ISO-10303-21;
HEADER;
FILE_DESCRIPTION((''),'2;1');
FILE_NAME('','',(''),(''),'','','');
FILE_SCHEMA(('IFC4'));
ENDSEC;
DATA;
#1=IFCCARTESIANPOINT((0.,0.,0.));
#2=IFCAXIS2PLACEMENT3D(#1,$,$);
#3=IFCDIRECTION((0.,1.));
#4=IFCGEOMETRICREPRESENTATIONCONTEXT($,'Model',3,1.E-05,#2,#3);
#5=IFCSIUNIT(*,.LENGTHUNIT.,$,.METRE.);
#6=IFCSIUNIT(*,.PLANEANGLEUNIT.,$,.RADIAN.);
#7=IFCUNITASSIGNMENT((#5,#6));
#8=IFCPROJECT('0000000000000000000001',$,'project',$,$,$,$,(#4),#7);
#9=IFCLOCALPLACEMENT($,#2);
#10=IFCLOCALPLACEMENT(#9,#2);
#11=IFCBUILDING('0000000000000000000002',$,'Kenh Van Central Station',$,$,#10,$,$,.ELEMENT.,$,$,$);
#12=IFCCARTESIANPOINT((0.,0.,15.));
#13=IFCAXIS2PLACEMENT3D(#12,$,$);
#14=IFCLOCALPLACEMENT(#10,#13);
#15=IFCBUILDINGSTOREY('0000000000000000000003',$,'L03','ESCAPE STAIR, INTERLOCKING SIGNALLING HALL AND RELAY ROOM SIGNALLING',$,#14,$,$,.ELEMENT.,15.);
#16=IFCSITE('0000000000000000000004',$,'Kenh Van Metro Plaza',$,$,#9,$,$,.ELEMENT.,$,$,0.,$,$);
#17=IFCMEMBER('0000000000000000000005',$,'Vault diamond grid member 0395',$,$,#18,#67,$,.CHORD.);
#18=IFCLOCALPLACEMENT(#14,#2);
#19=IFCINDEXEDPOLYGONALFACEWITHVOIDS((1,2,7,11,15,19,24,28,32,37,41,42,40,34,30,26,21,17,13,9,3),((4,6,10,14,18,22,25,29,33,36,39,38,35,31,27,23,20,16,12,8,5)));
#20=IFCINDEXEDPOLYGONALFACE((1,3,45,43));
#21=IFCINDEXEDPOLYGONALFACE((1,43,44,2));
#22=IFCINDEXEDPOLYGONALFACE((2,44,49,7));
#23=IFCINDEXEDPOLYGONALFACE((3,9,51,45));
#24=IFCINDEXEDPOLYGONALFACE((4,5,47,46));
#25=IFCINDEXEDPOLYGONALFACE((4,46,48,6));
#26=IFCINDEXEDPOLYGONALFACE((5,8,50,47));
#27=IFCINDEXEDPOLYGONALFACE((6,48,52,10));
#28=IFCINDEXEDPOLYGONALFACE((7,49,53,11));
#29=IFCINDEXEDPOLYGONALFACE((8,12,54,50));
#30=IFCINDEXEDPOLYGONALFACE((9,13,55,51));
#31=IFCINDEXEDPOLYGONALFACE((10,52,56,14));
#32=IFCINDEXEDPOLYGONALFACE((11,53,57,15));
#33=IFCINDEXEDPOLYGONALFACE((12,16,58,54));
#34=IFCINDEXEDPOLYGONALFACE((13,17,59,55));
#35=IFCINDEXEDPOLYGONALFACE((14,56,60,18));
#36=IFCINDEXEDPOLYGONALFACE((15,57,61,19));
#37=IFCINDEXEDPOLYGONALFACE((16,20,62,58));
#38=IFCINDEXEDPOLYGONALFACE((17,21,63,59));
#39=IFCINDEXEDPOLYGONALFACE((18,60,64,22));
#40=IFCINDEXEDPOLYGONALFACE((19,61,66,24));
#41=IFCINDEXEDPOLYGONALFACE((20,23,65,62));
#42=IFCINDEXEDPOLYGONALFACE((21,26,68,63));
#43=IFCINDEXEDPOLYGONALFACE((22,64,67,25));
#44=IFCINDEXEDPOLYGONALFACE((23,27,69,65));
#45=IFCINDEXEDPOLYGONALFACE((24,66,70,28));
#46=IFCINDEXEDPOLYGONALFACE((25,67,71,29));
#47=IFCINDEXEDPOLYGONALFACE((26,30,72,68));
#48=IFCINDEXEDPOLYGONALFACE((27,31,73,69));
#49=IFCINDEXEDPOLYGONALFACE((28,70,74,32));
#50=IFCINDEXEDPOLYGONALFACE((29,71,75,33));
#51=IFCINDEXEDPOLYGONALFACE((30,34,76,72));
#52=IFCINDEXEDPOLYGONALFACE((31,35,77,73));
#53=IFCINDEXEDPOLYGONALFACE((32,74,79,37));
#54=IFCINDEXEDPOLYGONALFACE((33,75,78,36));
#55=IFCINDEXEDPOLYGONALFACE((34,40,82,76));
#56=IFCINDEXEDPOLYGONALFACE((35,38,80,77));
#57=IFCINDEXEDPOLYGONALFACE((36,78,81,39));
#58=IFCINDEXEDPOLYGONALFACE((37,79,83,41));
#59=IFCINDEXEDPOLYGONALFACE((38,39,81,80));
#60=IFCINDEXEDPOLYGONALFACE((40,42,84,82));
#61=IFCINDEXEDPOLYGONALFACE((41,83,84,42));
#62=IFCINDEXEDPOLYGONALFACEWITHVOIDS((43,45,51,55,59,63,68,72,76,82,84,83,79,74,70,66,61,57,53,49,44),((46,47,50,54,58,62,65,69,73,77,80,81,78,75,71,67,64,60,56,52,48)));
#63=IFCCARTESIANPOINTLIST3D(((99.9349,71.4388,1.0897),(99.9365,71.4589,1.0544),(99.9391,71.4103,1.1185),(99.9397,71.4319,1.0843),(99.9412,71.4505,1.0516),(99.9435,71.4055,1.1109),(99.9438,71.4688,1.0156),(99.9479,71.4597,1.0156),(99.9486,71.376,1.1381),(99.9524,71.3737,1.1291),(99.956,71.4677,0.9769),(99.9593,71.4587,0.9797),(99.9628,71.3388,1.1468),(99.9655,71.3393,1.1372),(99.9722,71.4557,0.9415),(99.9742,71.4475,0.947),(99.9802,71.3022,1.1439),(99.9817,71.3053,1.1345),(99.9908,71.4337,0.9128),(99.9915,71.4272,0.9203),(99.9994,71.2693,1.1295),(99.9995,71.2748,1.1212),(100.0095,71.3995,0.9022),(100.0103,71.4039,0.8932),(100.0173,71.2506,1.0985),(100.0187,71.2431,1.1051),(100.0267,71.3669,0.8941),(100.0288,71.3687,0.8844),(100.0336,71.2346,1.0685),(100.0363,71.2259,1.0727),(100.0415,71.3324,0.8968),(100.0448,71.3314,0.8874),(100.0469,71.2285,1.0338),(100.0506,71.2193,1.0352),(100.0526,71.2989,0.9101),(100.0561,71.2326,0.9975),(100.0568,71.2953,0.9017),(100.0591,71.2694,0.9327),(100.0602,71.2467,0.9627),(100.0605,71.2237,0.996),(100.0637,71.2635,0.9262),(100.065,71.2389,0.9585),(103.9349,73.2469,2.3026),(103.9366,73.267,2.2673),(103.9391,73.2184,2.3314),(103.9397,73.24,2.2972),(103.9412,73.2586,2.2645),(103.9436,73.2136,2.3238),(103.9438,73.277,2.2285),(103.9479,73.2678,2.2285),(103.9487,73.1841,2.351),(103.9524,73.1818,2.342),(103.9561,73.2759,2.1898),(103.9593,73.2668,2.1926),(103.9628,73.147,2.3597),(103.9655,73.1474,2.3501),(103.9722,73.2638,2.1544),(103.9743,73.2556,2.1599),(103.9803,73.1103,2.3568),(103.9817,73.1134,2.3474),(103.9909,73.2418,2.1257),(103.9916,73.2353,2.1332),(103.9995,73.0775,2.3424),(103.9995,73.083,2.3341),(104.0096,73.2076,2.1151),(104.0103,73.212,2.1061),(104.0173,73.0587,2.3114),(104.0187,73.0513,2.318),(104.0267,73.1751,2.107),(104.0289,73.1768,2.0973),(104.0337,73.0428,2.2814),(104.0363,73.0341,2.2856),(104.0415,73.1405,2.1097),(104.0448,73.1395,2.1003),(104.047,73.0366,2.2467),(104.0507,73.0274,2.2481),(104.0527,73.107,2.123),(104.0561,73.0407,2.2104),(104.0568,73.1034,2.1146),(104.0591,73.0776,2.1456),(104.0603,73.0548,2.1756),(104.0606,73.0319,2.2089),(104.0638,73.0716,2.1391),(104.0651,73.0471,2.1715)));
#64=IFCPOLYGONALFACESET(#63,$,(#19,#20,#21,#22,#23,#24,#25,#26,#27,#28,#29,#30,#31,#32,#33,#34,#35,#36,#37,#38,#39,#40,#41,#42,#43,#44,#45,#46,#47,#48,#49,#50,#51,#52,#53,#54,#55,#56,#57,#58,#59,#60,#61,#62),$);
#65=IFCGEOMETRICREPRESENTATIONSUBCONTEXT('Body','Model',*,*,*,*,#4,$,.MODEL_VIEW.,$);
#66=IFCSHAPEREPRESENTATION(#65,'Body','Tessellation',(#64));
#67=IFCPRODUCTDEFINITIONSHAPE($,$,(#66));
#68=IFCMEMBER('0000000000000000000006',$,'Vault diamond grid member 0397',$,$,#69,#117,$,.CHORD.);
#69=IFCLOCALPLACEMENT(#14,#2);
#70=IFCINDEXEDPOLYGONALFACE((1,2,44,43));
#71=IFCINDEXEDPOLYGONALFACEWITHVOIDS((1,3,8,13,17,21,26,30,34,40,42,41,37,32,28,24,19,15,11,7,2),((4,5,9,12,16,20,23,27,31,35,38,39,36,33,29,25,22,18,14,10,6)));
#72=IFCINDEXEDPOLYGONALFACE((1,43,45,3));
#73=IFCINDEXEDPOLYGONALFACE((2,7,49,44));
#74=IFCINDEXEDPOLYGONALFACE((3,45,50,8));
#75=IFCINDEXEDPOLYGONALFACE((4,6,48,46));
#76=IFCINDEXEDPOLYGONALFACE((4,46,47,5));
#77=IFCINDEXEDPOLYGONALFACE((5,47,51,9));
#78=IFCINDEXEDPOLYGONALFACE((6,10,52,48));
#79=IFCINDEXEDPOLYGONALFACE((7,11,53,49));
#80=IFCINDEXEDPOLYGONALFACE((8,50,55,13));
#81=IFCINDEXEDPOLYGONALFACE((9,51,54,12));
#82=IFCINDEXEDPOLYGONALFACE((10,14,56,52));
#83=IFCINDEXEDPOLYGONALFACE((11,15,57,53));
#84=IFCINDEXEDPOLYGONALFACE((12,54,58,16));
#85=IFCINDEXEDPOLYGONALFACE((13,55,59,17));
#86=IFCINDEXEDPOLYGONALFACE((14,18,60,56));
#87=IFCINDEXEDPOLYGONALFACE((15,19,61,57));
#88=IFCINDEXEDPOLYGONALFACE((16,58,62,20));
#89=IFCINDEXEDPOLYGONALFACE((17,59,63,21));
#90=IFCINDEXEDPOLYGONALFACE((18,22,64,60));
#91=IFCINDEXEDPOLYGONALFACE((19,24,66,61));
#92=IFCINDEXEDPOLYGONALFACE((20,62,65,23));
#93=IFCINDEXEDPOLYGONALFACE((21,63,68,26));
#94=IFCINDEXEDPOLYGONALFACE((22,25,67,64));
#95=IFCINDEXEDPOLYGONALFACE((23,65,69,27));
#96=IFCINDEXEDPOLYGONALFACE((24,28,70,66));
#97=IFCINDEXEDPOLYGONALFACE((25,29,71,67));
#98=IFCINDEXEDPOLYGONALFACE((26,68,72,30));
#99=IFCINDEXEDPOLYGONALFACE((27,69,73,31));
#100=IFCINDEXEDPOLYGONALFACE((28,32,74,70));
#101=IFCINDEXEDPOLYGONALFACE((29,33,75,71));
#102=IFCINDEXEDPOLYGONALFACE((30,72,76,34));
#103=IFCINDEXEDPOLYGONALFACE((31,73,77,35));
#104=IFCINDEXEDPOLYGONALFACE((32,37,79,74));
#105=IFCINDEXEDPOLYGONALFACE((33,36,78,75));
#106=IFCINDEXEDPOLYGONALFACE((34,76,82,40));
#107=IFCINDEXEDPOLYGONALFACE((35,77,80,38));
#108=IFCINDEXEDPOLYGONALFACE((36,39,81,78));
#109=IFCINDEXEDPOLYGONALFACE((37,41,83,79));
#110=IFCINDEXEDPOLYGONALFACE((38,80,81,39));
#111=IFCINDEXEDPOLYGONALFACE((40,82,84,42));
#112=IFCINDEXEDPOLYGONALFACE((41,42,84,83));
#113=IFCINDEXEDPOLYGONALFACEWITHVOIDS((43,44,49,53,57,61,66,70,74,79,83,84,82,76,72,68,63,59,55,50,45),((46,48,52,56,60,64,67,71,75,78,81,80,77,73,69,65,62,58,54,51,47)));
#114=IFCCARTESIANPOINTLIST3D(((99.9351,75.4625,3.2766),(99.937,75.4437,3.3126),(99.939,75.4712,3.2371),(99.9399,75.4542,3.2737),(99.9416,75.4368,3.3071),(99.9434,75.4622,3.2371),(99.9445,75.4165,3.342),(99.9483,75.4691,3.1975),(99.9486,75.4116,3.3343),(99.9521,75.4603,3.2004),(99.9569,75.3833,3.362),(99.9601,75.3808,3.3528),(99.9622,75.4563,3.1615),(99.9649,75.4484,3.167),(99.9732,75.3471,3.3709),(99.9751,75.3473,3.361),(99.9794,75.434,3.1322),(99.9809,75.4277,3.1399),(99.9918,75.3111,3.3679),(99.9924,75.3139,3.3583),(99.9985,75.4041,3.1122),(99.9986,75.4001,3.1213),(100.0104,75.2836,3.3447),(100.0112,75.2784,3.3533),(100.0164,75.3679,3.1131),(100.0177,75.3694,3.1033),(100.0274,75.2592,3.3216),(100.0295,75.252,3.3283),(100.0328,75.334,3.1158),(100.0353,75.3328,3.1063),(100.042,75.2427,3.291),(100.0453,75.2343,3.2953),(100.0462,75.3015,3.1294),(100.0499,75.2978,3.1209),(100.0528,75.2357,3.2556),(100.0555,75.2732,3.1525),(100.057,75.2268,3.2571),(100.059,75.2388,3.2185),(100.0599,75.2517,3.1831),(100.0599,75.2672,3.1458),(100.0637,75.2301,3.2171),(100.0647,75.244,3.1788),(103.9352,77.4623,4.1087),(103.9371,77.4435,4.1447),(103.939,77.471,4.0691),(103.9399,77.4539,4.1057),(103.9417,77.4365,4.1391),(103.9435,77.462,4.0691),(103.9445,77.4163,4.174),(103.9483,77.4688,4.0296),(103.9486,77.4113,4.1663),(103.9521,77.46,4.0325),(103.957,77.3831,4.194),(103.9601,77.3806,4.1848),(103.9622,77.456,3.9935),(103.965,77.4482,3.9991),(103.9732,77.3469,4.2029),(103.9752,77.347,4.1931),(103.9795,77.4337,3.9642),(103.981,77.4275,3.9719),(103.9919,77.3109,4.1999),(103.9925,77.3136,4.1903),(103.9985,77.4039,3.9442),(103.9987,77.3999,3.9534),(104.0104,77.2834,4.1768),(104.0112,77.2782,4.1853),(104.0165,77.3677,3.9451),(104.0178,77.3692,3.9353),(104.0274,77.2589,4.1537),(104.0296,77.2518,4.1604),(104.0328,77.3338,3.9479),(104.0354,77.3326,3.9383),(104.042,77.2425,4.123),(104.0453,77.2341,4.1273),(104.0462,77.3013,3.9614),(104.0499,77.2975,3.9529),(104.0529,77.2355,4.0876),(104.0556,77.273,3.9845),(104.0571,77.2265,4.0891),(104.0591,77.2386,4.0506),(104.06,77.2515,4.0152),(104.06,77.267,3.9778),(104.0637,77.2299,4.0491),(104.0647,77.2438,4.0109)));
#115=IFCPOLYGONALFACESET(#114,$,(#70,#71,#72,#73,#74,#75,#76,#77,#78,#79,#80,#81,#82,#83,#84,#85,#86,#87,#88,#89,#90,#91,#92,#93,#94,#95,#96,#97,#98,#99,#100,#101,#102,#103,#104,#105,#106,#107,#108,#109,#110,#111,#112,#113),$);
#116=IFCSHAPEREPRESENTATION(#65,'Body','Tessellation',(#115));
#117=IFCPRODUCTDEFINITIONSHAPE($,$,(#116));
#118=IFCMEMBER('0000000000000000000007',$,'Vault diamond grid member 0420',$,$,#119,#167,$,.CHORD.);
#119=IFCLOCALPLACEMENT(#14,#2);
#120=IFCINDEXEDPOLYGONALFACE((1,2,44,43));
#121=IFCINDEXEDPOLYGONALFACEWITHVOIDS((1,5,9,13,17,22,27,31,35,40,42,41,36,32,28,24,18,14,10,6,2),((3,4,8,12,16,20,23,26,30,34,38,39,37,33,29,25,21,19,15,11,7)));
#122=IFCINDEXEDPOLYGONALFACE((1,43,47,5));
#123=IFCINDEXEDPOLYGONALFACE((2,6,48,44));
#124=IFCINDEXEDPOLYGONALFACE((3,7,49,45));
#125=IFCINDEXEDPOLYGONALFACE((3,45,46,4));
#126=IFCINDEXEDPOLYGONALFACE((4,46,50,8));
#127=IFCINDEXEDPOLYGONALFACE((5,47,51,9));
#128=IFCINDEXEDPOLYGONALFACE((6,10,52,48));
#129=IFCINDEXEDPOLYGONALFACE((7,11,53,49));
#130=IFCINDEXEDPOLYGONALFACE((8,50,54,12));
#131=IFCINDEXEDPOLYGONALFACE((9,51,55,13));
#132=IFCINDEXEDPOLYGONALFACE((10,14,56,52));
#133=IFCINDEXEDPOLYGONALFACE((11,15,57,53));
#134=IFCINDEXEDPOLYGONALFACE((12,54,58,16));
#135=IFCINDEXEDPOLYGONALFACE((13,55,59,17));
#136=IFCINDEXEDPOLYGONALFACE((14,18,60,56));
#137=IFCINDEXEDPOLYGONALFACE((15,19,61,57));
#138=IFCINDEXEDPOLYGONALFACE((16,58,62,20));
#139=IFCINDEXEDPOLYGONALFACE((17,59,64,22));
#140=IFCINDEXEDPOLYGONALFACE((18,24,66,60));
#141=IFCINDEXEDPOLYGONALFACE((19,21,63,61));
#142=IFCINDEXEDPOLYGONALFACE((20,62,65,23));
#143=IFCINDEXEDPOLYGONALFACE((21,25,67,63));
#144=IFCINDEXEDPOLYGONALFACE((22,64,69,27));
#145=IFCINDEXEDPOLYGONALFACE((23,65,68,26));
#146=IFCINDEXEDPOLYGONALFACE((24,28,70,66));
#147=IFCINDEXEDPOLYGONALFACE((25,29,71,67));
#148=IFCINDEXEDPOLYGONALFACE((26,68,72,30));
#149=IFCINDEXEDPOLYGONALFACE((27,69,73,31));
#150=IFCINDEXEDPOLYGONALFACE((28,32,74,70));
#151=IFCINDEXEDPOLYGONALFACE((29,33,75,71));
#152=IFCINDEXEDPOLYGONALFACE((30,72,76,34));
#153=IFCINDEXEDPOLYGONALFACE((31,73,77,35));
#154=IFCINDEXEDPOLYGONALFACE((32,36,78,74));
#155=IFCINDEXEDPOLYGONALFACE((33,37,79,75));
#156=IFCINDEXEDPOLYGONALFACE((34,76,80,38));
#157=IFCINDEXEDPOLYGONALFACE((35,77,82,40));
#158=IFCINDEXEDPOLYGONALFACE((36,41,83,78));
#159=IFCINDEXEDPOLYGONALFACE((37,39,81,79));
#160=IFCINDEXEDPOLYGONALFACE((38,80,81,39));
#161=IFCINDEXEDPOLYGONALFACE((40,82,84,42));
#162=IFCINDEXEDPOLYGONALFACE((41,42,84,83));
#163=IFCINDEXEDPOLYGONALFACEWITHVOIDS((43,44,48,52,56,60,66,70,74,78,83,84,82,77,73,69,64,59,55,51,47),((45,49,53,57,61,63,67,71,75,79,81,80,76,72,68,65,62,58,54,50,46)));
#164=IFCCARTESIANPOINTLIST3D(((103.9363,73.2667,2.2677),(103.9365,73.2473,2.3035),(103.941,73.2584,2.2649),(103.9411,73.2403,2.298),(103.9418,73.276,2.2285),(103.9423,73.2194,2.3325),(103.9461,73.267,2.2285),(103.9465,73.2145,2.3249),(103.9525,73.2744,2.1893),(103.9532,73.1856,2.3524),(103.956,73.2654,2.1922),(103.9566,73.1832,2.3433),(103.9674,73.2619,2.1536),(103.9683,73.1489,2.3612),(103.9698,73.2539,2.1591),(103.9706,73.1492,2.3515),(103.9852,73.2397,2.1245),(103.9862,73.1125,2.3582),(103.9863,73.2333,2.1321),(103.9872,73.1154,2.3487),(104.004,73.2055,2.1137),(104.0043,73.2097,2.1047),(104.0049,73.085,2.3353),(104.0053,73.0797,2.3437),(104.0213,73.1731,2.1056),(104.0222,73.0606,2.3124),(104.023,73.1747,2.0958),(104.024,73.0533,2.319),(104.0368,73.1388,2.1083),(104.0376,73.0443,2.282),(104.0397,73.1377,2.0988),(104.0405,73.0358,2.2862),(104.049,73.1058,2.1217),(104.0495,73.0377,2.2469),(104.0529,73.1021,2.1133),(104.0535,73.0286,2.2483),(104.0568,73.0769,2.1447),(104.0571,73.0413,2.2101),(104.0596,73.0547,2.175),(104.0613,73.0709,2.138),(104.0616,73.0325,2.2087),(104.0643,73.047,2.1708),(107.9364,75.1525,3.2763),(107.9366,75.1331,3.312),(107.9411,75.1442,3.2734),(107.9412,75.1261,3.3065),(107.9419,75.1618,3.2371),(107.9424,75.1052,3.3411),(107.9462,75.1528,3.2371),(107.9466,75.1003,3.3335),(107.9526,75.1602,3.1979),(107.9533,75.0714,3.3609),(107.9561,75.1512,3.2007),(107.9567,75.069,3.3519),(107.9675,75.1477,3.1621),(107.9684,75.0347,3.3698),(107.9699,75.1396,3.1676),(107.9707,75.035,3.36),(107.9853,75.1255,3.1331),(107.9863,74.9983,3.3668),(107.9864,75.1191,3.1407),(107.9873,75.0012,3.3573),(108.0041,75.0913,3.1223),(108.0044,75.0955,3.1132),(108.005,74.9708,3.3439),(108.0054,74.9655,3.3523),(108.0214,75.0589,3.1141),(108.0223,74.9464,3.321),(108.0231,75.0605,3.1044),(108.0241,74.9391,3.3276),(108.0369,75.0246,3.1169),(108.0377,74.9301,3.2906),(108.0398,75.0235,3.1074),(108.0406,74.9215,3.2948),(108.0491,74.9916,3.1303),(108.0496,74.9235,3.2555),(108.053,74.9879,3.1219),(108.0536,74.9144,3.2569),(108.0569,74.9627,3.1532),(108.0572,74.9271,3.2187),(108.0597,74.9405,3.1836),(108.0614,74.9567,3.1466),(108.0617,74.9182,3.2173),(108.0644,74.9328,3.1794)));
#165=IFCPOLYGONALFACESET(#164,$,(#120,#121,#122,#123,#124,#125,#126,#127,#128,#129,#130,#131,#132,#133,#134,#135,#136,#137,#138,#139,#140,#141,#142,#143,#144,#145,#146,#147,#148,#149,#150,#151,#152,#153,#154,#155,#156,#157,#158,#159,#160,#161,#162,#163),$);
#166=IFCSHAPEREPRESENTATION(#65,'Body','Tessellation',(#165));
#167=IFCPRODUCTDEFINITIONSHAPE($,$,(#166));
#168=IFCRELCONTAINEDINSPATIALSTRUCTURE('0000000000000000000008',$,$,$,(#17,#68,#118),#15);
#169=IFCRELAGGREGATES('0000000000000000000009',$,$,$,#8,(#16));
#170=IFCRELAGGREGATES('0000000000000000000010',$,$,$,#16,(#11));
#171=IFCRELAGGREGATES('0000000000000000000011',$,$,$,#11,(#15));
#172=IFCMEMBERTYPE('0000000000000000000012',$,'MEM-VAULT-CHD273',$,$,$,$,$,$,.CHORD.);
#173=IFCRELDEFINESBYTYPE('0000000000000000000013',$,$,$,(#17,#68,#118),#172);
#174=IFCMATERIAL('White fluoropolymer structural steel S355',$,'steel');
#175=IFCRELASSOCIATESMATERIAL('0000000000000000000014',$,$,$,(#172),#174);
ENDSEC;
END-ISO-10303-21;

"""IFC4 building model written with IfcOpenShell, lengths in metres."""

from ifc_helpers import new_model, si_unit, direction, frame, origin, origin_2d, place, context, subcontext, project, spatial, hollow_circle, extrude, material, material_profile, profile_set, type_object, element, save


model = new_model("IFC4")

# Units and contexts
model_context = context("Model", 3, precision=1e-05, world=origin(), true_north=direction((0.0, 1.0)))
body_context = subcontext(model_context, "Body", "Model", "MODEL_VIEW")
ifc_project = project(units=[si_unit("LENGTHUNIT", "METRE"), si_unit("PLANEANGLEUNIT", "RADIAN")], contexts=[model_context])

# Site, building, storey
site_placement = place(None, origin())
site = spatial("IfcSite", under=ifc_project, at=site_placement, Name="Kenh Van Metro Plaza", CompositionType="ELEMENT", RefElevation=0.0)
building_placement = place(site_placement, origin())
building = spatial("IfcBuilding", under=site, at=building_placement, Name="Kenh Van Central Station", CompositionType="ELEMENT")
storey_placement = place(building_placement, frame((0.0, 0.0, 15.0)))
storey = spatial("IfcBuildingStorey", under=building, at=storey_placement, Name="L03", Description="ESCAPE STAIR, INTERLOCKING SIGNALLING HALL AND RELAY ROOM SIGNALLING", CompositionType="ELEMENT", Elevation=15.0)

# Shared definitions
ifc_material_1 = material(Name="White fluoropolymer structural steel S355", Category="steel")

# Members
ifc_material_profile_1 = material_profile(ifc_material_1, hollow_circle(Radius=0.1365, WallThickness=0.01, at=origin_2d()), Name="CHS 273x10")
ifc_profile_set_1 = profile_set([ifc_material_profile_1], Name="White fluoropolymer structural steel S355")
member_type_1 = type_object("IfcMemberType", Name="MEM-VAULT-CHD273", PredefinedType="CHORD", material=ifc_profile_set_1)
member_1_placement = place(storey_placement, frame((100.0, 71.3445, 1.0156), z_axis=(0.878318, 0.397023, 0.266326), x_axis=(-0.4119, 0.911229, 0.0)))
element("IfcMember", 1, at=member_1_placement, inside=storey, type_object=member_type_1, Name="Vault diamond grid member 0395", PredefinedType="CHORD", context=body_context, shape_type="SweptSolid", body=[
    extrude(hollow_circle(Radius=0.1365, WallThickness=0.01, at=origin_2d()), origin(), (0.0, 0.0, 1.0), 4.5542),
])
member_2_placement = place(storey_placement, frame((100.0, 75.3491, 3.2371), z_axis=(0.879359, 0.439626, 0.182913), x_axis=(-0.44717, 0.894449, 0.0)))
element("IfcMember", 2, at=member_2_placement, inside=storey, type_object=member_type_1, Name="Vault diamond grid member 0397", PredefinedType="CHORD", context=body_context, shape_type="SweptSolid", body=[
    extrude(hollow_circle(Radius=0.1365, WallThickness=0.01, at=origin_2d()), origin(), (0.0, 0.0, 1.0), 4.5488),
])
member_3_placement = place(storey_placement, frame((104.0, 73.1526, 2.2285), z_axis=(0.881879, 0.415749, 0.222354), x_axis=(-0.426424, 0.904523, 0.0)))
element("IfcMember", 3, at=member_3_placement, inside=storey, type_object=member_type_1, Name="Vault diamond grid member 0420", PredefinedType="CHORD", context=body_context, shape_type="SweptSolid", body=[
    extrude(hollow_circle(Radius=0.1365, WallThickness=0.01, at=origin_2d()), origin(), (0.0, 0.0, 1.0), 4.5359),
])

save(model, "model.ifc")
